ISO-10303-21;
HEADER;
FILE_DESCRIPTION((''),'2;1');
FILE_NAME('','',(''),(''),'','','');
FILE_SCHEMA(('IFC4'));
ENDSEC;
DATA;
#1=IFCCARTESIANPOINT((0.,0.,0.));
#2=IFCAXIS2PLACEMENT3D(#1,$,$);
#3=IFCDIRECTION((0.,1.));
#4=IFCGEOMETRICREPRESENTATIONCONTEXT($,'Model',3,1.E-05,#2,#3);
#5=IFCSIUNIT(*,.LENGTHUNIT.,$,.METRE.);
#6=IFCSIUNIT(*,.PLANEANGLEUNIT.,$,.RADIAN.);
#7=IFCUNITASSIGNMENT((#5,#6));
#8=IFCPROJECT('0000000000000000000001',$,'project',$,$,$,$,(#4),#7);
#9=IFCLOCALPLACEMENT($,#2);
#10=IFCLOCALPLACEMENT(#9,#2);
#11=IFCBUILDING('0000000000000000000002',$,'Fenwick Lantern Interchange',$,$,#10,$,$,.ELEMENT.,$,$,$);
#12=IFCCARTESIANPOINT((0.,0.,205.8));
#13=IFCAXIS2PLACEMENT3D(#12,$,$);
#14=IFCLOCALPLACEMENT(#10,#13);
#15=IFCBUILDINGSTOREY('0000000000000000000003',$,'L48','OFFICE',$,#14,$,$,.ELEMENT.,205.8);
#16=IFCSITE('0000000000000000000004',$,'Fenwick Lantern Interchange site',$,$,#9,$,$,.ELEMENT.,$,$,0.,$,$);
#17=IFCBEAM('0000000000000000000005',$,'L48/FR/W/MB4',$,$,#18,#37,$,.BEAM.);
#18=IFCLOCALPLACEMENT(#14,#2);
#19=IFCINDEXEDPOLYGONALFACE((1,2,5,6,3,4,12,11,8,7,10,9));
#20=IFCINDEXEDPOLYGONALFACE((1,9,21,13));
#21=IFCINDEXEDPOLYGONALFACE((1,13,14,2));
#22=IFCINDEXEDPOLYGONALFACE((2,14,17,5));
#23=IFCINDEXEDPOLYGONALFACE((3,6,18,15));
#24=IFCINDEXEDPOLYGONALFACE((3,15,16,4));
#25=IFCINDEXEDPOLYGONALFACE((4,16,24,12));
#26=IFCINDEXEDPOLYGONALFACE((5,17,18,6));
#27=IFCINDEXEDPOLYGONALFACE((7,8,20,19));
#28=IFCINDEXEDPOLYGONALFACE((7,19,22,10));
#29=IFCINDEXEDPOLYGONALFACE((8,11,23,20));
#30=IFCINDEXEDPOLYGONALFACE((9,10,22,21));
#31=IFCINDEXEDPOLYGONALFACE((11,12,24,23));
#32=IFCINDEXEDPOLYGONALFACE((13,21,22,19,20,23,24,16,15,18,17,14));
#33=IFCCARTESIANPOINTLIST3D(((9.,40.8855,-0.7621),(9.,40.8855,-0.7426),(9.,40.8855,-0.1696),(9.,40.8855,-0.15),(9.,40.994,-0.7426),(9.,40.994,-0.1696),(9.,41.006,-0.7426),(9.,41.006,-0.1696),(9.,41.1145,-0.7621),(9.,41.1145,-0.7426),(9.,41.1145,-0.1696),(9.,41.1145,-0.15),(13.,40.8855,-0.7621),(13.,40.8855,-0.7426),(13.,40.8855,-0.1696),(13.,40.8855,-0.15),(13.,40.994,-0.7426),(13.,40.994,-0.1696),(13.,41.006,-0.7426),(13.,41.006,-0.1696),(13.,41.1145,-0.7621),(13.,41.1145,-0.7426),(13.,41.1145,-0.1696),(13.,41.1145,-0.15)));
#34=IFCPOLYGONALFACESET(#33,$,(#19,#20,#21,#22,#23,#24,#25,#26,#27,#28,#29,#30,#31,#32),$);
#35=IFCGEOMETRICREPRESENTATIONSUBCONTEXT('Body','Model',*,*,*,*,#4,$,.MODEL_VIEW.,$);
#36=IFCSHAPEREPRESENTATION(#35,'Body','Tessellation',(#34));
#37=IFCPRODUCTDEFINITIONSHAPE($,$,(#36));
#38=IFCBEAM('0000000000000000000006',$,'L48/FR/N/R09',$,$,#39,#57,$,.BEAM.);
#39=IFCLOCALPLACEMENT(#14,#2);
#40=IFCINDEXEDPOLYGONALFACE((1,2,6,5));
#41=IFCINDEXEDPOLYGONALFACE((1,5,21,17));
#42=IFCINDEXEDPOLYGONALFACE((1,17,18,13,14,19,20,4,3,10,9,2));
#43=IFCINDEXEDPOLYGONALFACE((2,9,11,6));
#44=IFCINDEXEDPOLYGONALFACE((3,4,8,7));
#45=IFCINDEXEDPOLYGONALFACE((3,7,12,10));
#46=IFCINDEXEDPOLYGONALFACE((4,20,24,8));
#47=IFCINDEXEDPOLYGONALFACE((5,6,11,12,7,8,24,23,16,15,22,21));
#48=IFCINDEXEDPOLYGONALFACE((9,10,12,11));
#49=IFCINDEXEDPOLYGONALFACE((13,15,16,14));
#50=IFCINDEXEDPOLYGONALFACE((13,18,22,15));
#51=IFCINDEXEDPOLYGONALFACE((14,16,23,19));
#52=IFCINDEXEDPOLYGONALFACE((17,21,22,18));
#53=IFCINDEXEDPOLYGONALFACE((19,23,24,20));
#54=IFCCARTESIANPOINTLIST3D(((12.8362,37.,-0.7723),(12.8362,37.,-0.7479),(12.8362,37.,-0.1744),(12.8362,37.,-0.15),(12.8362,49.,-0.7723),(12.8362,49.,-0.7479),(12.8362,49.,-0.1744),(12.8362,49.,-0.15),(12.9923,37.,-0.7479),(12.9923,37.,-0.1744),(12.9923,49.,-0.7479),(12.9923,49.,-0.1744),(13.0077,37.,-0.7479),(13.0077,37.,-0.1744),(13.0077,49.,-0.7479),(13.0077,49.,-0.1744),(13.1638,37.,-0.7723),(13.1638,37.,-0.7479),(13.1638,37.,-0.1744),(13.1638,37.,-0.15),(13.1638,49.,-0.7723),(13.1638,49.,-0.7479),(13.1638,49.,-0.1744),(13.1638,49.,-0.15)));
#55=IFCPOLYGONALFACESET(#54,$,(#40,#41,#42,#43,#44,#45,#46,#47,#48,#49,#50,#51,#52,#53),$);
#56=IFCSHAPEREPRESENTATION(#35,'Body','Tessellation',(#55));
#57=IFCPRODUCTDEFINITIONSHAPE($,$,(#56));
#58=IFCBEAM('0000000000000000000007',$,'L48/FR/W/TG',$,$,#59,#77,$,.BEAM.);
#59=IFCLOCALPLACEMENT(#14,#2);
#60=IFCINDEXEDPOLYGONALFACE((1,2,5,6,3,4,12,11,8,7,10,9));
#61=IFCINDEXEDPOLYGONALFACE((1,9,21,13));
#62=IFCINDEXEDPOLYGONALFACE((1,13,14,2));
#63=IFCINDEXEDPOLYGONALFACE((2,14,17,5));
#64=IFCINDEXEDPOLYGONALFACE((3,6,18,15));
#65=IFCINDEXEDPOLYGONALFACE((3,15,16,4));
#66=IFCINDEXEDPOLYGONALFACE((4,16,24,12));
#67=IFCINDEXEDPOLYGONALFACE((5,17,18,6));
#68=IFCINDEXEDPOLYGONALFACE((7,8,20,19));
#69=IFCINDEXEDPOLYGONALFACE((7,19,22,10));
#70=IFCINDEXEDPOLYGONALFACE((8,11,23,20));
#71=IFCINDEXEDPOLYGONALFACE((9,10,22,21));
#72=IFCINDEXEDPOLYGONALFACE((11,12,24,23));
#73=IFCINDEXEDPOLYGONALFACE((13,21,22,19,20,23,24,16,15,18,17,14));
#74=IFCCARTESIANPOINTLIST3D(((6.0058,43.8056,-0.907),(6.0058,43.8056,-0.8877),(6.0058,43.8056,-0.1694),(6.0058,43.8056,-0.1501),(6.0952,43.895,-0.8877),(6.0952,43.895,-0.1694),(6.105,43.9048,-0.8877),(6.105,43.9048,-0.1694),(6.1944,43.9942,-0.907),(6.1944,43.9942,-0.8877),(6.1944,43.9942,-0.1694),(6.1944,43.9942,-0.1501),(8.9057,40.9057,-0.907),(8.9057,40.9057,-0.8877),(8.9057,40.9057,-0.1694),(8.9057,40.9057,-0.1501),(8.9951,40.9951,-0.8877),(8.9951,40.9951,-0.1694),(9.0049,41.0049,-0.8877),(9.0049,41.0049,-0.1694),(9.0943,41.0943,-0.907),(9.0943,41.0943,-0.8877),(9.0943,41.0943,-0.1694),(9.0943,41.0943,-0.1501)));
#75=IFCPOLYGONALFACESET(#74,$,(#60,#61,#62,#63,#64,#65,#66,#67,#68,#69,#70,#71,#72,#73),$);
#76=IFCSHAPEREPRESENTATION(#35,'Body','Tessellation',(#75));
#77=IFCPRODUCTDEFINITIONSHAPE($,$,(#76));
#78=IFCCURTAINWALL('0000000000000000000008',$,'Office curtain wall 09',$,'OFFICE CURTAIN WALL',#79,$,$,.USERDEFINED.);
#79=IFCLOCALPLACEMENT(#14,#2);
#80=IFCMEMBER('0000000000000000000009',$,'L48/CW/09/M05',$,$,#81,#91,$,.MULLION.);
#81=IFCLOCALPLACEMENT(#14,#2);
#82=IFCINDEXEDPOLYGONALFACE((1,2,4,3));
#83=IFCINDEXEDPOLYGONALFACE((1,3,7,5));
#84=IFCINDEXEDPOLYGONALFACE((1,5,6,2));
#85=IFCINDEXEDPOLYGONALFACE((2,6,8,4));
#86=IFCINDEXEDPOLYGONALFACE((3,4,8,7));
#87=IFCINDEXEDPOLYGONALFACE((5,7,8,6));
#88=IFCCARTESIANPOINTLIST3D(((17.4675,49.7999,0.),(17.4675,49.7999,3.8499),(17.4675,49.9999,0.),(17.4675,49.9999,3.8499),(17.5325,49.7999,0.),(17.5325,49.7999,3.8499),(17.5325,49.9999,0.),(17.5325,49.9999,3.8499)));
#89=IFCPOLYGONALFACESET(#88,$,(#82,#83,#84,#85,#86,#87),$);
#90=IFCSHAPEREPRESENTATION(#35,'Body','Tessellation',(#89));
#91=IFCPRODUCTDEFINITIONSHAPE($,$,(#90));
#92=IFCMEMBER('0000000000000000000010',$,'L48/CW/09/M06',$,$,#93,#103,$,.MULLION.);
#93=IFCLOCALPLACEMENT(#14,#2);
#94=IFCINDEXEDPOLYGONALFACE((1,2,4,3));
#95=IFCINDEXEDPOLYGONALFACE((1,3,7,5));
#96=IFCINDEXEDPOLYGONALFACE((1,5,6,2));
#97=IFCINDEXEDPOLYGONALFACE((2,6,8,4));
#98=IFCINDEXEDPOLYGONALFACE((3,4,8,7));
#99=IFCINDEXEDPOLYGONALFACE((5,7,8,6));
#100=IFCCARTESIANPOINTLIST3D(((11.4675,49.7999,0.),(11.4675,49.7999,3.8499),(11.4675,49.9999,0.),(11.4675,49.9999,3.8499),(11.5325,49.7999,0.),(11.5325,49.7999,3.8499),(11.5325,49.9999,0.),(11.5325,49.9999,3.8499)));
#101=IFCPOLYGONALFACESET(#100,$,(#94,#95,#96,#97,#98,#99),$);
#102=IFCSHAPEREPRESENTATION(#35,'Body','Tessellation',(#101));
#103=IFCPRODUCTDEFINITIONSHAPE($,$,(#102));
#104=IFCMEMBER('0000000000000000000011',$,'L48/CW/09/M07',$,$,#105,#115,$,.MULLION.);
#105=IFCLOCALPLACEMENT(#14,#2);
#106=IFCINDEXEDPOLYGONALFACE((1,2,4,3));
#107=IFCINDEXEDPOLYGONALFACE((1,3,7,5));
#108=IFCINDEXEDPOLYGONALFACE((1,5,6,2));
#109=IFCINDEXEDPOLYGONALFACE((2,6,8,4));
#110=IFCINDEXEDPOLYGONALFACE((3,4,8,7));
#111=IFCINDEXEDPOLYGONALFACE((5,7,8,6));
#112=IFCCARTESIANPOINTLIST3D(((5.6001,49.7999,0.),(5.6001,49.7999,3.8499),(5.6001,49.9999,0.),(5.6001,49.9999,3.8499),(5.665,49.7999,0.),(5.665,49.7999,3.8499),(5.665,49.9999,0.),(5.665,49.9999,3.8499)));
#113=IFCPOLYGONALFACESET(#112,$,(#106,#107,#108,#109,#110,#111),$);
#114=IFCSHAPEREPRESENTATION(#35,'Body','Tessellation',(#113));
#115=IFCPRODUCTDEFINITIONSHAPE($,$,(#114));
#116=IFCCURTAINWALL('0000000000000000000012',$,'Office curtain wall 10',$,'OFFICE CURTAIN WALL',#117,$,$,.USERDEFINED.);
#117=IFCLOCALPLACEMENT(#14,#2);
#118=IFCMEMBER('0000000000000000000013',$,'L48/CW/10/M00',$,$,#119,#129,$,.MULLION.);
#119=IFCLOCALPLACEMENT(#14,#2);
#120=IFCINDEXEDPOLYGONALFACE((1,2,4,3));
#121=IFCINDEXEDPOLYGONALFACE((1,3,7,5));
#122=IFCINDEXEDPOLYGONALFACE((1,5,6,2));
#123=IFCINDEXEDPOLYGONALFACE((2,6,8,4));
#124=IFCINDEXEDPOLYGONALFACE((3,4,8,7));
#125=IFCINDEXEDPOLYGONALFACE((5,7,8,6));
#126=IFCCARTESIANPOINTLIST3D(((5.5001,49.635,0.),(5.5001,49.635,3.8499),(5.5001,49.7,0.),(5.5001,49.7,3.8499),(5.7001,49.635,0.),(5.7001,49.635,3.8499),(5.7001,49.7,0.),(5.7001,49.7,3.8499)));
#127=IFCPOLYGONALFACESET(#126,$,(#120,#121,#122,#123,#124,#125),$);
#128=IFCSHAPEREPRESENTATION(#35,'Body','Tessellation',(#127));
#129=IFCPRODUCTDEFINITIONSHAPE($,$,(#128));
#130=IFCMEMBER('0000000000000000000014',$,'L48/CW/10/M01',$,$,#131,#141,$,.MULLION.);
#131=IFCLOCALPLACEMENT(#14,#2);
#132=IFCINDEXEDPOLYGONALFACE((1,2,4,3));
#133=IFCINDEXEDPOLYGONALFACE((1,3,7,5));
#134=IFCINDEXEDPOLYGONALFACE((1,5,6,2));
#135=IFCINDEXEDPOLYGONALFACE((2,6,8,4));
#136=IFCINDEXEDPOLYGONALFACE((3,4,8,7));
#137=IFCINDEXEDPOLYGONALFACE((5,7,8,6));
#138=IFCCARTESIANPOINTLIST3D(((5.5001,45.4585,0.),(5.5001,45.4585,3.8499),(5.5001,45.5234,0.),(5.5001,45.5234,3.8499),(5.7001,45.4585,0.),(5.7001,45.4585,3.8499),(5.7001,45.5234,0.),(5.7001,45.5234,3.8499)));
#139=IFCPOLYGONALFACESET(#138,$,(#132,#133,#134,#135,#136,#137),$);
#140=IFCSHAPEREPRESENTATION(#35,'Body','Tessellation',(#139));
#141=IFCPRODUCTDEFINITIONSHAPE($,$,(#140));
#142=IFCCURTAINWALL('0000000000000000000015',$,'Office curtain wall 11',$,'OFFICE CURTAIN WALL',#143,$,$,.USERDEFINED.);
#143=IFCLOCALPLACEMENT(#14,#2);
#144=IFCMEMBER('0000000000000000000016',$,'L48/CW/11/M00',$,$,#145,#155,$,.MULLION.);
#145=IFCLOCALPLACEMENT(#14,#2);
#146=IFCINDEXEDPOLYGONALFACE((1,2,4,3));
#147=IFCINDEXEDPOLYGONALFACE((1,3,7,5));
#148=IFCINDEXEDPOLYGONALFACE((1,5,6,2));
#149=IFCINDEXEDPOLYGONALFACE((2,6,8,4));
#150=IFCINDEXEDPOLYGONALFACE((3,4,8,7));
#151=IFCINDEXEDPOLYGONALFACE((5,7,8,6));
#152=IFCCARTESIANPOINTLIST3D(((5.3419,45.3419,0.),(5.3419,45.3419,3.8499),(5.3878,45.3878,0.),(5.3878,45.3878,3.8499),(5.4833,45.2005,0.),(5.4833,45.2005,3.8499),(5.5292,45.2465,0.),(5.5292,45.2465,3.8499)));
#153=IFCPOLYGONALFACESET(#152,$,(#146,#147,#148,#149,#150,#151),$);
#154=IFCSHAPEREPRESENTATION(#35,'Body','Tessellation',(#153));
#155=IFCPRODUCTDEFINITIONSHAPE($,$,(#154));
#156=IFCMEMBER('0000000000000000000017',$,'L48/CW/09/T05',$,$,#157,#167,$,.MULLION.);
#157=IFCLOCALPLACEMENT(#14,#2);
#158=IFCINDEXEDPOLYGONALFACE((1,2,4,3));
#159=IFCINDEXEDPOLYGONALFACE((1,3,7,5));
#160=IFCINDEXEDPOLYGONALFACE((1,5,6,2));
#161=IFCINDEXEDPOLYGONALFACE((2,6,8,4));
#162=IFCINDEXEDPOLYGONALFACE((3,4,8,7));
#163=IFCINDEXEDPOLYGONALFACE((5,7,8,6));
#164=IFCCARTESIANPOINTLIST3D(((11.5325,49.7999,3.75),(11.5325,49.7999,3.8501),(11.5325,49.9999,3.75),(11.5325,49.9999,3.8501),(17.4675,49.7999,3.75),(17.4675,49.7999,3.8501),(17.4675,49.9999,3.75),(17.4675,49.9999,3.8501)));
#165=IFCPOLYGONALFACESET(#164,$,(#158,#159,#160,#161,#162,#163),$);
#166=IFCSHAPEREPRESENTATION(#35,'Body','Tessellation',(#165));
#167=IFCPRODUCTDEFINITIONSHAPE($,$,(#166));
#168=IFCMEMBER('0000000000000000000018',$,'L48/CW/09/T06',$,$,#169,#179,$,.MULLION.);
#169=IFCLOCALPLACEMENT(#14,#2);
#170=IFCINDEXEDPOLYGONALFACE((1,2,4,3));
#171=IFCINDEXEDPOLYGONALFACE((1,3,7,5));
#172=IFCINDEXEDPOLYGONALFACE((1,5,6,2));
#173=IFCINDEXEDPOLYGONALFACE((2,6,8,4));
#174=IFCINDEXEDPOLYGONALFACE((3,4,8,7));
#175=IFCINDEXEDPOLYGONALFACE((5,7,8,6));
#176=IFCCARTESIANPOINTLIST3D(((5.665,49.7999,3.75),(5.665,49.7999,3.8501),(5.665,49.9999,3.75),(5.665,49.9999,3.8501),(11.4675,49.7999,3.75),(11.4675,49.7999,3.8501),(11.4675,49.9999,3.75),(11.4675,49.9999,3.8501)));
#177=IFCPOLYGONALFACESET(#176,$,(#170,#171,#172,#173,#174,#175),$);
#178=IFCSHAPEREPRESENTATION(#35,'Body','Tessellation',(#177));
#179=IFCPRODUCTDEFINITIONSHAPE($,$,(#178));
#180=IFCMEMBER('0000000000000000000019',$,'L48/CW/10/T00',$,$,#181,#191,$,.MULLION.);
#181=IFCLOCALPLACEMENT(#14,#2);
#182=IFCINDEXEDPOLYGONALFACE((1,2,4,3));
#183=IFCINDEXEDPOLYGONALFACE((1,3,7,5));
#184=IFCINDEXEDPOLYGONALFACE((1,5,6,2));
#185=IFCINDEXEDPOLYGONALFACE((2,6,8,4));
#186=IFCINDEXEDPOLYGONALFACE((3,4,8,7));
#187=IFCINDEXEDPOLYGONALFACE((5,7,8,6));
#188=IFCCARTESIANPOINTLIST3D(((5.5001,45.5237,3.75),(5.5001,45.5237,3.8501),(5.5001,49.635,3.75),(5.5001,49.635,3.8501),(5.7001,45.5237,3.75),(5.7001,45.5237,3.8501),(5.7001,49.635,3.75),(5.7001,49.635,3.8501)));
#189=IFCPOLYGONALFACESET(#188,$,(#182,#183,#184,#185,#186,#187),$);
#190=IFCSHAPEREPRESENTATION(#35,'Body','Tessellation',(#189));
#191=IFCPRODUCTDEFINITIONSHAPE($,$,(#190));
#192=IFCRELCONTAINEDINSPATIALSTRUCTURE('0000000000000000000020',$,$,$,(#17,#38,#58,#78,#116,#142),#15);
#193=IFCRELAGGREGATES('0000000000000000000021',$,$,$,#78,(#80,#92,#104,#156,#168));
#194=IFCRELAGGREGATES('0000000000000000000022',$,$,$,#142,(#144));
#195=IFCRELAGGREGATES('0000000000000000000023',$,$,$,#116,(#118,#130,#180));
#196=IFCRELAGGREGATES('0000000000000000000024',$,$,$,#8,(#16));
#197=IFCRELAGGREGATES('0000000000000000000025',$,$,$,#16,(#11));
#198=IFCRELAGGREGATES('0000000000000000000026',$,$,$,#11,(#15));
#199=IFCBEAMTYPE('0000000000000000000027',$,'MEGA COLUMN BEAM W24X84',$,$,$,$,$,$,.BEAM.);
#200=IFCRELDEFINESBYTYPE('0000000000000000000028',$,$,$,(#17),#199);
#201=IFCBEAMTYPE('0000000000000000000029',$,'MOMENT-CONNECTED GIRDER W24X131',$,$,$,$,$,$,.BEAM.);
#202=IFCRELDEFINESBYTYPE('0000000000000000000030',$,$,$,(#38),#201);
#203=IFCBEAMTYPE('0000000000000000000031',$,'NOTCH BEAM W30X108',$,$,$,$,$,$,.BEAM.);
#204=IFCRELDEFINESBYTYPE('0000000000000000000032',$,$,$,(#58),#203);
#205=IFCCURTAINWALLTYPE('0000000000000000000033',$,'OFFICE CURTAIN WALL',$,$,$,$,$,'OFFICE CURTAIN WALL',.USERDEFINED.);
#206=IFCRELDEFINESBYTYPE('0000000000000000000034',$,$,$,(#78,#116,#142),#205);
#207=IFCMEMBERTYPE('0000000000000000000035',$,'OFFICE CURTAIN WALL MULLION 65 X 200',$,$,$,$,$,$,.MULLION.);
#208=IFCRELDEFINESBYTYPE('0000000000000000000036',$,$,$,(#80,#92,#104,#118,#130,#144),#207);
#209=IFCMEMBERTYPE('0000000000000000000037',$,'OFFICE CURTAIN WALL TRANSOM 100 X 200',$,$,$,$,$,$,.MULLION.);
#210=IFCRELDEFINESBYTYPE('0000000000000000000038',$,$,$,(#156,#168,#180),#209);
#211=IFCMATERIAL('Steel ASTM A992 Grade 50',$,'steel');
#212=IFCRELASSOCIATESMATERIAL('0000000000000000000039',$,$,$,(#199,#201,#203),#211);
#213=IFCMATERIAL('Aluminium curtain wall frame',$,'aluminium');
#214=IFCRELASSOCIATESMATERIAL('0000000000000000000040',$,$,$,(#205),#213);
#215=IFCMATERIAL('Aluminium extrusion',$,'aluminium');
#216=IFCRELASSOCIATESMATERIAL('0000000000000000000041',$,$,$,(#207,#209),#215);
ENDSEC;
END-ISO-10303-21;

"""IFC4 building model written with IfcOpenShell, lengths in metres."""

from ifc_helpers import new_model, si_unit, direction, frame, origin, origin_2d, place, context, subcontext, project, spatial, rectangle, i_section, extrude, material, material_profile, profile_set, type_object, element, aggregate, save


model = new_model("IFC4")

# Units and contexts
model_context = context("Model", 3, precision=1e-05, world=origin(), true_north=direction((0.0, 1.0)))
body_context = subcontext(model_context, "Body", "Model", "MODEL_VIEW")
ifc_project = project(units=[si_unit("LENGTHUNIT", "METRE"), si_unit("PLANEANGLEUNIT", "RADIAN")], contexts=[model_context])

# Site, building, storey
site_placement = place(None, origin())
site = spatial("IfcSite", under=ifc_project, at=site_placement, Name="Fenwick Lantern Interchange site", CompositionType="ELEMENT", RefElevation=0.0)
building_placement = place(site_placement, origin())
building = spatial("IfcBuilding", under=site, at=building_placement, Name="Fenwick Lantern Interchange", CompositionType="ELEMENT")
storey_placement = place(building_placement, frame((0.0, 0.0, 205.8)))
storey = spatial("IfcBuildingStorey", under=building, at=storey_placement, Name="L48", Description="OFFICE", CompositionType="ELEMENT", Elevation=205.8)

# Shared definitions
ifc_material_1 = material(Name="Steel ASTM A992 Grade 50", Category="steel")

# Beams
ifc_material_profile_1 = material_profile(ifc_material_1, i_section(OverallWidth=0.229, OverallDepth=0.6121, WebThickness=0.012, FlangeThickness=0.0195, at=origin_2d()), Name="W24X84")
ifc_profile_set_1 = profile_set([ifc_material_profile_1], Name="Steel ASTM A992 Grade 50")
beam_type_1 = type_object("IfcBeamType", Name="MEGA COLUMN BEAM W24X84", PredefinedType="BEAM", material=ifc_profile_set_1)
beam_1_placement = place(storey_placement, frame((9.0, 41.0, -0.4561), z_axis=(1.0, 0.0, 0.0), x_axis=(0.0, 1.0, 0.0)))
element("IfcBeam", 1, at=beam_1_placement, inside=storey, type_object=beam_type_1, Name="L48/FR/W/MB4", PredefinedType="BEAM", context=body_context, shape_type="SweptSolid", body=[
    extrude(i_section(OverallWidth=0.229, OverallDepth=0.6121, WebThickness=0.012, FlangeThickness=0.0195, at=origin_2d()), origin(), (0.0, 0.0, 1.0), 4.0),
])
ifc_material_profile_2 = material_profile(ifc_material_1, i_section(OverallWidth=0.3276, OverallDepth=0.6223, WebThickness=0.0154, FlangeThickness=0.0244, at=origin_2d()), Name="W24X131")
ifc_profile_set_2 = profile_set([ifc_material_profile_2], Name="Steel ASTM A992 Grade 50")
beam_type_2 = type_object("IfcBeamType", Name="MOMENT-CONNECTED GIRDER W24X131", PredefinedType="BEAM", material=ifc_profile_set_2)
beam_2_placement = place(storey_placement, frame((13.0, 49.0, -0.4612), z_axis=(0.0, -1.0, 0.0), x_axis=(1.0, 0.0, 0.0)))
element("IfcBeam", 2, at=beam_2_placement, inside=storey, type_object=beam_type_2, Name="L48/FR/N/R09", PredefinedType="BEAM", context=body_context, shape_type="SweptSolid", body=[
    extrude(i_section(OverallWidth=0.3276, OverallDepth=0.6223, WebThickness=0.0154, FlangeThickness=0.0244, at=origin_2d()), origin(), (0.0, 0.0, 1.0), 12.0),
])
ifc_material_profile_3 = material_profile(ifc_material_1, i_section(OverallWidth=0.2666, OverallDepth=0.7568, WebThickness=0.0139, FlangeThickness=0.0193, at=origin_2d()), Name="W30X108")
ifc_profile_set_3 = profile_set([ifc_material_profile_3], Name="Steel ASTM A992 Grade 50")
beam_type_3 = type_object("IfcBeamType", Name="NOTCH BEAM W30X108", PredefinedType="BEAM", material=ifc_profile_set_3)
beam_3_placement = place(storey_placement, frame((9.0, 41.0, -0.5286), z_axis=(-0.707107, 0.707107, 0.0), x_axis=(-0.707107, -0.707107, 0.0)))
element("IfcBeam", 3, at=beam_3_placement, inside=storey, type_object=beam_type_3, Name="L48/FR/W/TG", PredefinedType="BEAM", context=body_context, shape_type="SweptSolid", body=[
    extrude(i_section(OverallWidth=0.2666, OverallDepth=0.7568, WebThickness=0.0139, FlangeThickness=0.0193, at=origin_2d()), origin(), (0.0, 0.0, 1.0), 4.1011),
])

# Curtain walls, members
ifc_material_2 = material(Name="Aluminium curtain wall frame", Category="aluminium")
curtain_wall_type = type_object("IfcCurtainWallType", Name="OFFICE CURTAIN WALL", ElementType="OFFICE CURTAIN WALL", PredefinedType="USERDEFINED", material=ifc_material_2)
curtain_wall_1_placement = place(storey_placement, origin())
curtain_wall_1 = element("IfcCurtainWall", 4, at=curtain_wall_1_placement, inside=storey, type_object=curtain_wall_type, Name="Office curtain wall 09", ObjectType="OFFICE CURTAIN WALL", PredefinedType="USERDEFINED")
ifc_material_3 = material(Name="Aluminium extrusion", Category="aluminium")
ifc_material_profile_4 = material_profile(ifc_material_3, rectangle(XDim=0.2, YDim=0.0649, at=origin_2d()), Name="OFFICE CURTAIN WALL MULLION 65 X 200")
ifc_profile_set_4 = profile_set([ifc_material_profile_4], Name="Aluminium extrusion")
member_type_1 = type_object("IfcMemberType", Name="OFFICE CURTAIN WALL MULLION 65 X 200", PredefinedType="MULLION", material=ifc_profile_set_4)
member_1_placement = place(storey_placement, frame((17.5, 49.8999, 0.0), z_axis=(0.0, 0.0, 1.0), x_axis=(0.0, -1.0, 0.0)))
member_1 = element("IfcMember", 5, at=member_1_placement, type_object=member_type_1, Name="L48/CW/09/M05", PredefinedType="MULLION", context=body_context, shape_type="SweptSolid", body=[
    extrude(rectangle(XDim=0.2, YDim=0.0649, at=origin_2d()), origin(), (0.0, 0.0, 1.0), 3.8499),
])
member_2_placement = place(storey_placement, frame((11.5, 49.8999, 0.0), z_axis=(0.0, 0.0, 1.0), x_axis=(0.0, -1.0, 0.0)))
member_2 = element("IfcMember", 6, at=member_2_placement, type_object=member_type_1, Name="L48/CW/09/M06", PredefinedType="MULLION", context=body_context, shape_type="SweptSolid", body=[
    extrude(rectangle(XDim=0.2, YDim=0.0649, at=origin_2d()), origin(), (0.0, 0.0, 1.0), 3.8499),
])
member_3_placement = place(storey_placement, frame((5.6326, 49.8999, 0.0), z_axis=(0.0, 0.0, 1.0), x_axis=(0.0, -1.0, 0.0)))
member_3 = element("IfcMember", 7, at=member_3_placement, type_object=member_type_1, Name="L48/CW/09/M07", PredefinedType="MULLION", context=body_context, shape_type="SweptSolid", body=[
    extrude(rectangle(XDim=0.2, YDim=0.0649, at=origin_2d()), origin(), (0.0, 0.0, 1.0), 3.8499),
])
curtain_wall_2_placement = place(storey_placement, origin())
curtain_wall_2 = element("IfcCurtainWall", 8, at=curtain_wall_2_placement, inside=storey, type_object=curtain_wall_type, Name="Office curtain wall 10", ObjectType="OFFICE CURTAIN WALL", PredefinedType="USERDEFINED")
member_4_placement = place(storey_placement, frame((5.6001, 49.6675, 0.0), z_axis=(0.0, 0.0, 1.0), x_axis=(1.0, 0.0, 0.0)))
member_4 = element("IfcMember", 9, at=member_4_placement, type_object=member_type_1, Name="L48/CW/10/M00", PredefinedType="MULLION", context=body_context, shape_type="SweptSolid", body=[
    extrude(rectangle(XDim=0.2, YDim=0.0649, at=origin_2d()), origin(), (0.0, 0.0, 1.0), 3.8499),
])
member_5_placement = place(storey_placement, frame((5.6001, 45.491, 0.0), z_axis=(0.0, 0.0, 1.0), x_axis=(1.0, 0.0, 0.0)))
member_5 = element("IfcMember", 10, at=member_5_placement, type_object=member_type_1, Name="L48/CW/10/M01", PredefinedType="MULLION", context=body_context, shape_type="SweptSolid", body=[
    extrude(rectangle(XDim=0.2, YDim=0.0649, at=origin_2d()), origin(), (0.0, 0.0, 1.0), 3.8499),
])

# Curtain wall, member
curtain_wall_3_placement = place(storey_placement, origin())
curtain_wall_3 = element("IfcCurtainWall", 11, at=curtain_wall_3_placement, inside=storey, type_object=curtain_wall_type, Name="Office curtain wall 11", ObjectType="OFFICE CURTAIN WALL", PredefinedType="USERDEFINED")
member_6_placement = place(storey_placement, frame((5.4355, 45.2942, 0.0), z_axis=(0.0, 0.0, 1.0), x_axis=(0.707107, -0.707107, 0.0)))
member_6 = element("IfcMember", 12, at=member_6_placement, type_object=member_type_1, Name="L48/CW/11/M00", PredefinedType="MULLION", context=body_context, shape_type="SweptSolid", body=[
    extrude(rectangle(XDim=0.2, YDim=0.0649, at=origin_2d()), origin(), (0.0, 0.0, 1.0), 3.8499),
])

# Members
ifc_material_profile_5 = material_profile(ifc_material_3, rectangle(XDim=0.2, YDim=0.1001, at=origin_2d()), Name="OFFICE CURTAIN WALL TRANSOM 100 X 200")
ifc_profile_set_5 = profile_set([ifc_material_profile_5], Name="Aluminium extrusion")
member_type_2 = type_object("IfcMemberType", Name="OFFICE CURTAIN WALL TRANSOM 100 X 200", PredefinedType="MULLION", material=ifc_profile_set_5)
member_7_placement = place(storey_placement, frame((17.4675, 49.8999, 3.8), z_axis=(-1.0, 0.0, 0.0), x_axis=(0.0, -1.0, 0.0)))
member_7 = element("IfcMember", 13, at=member_7_placement, type_object=member_type_2, Name="L48/CW/09/T05", PredefinedType="MULLION", context=body_context, shape_type="SweptSolid", body=[
    extrude(rectangle(XDim=0.2, YDim=0.1001, at=origin_2d()), origin(), (0.0, 0.0, 1.0), 5.9351),
])
member_8_placement = place(storey_placement, frame((11.4675, 49.8999, 3.8), z_axis=(-1.0, 0.0, 0.0), x_axis=(0.0, -1.0, 0.0)))
member_8 = element("IfcMember", 14, at=member_8_placement, type_object=member_type_2, Name="L48/CW/09/T06", PredefinedType="MULLION", context=body_context, shape_type="SweptSolid", body=[
    extrude(rectangle(XDim=0.2, YDim=0.1001, at=origin_2d()), origin(), (0.0, 0.0, 1.0), 5.8025),
])
aggregate(curtain_wall_1, [member_1, member_2, member_3, member_7, member_8])
member_9_placement = place(storey_placement, frame((5.6001, 49.635, 3.8), z_axis=(0.0, -1.0, 0.0), x_axis=(1.0, 0.0, 0.0)))
member_9 = element("IfcMember", 15, at=member_9_placement, type_object=member_type_2, Name="L48/CW/10/T00", PredefinedType="MULLION", context=body_context, shape_type="SweptSolid", body=[
    extrude(rectangle(XDim=0.2, YDim=0.1001, at=origin_2d()), origin(), (0.0, 0.0, 1.0), 4.1113),
])
aggregate(curtain_wall_3, [member_6])

aggregate(curtain_wall_2, [member_4, member_5, member_9])

save(model, "model.ifc")
